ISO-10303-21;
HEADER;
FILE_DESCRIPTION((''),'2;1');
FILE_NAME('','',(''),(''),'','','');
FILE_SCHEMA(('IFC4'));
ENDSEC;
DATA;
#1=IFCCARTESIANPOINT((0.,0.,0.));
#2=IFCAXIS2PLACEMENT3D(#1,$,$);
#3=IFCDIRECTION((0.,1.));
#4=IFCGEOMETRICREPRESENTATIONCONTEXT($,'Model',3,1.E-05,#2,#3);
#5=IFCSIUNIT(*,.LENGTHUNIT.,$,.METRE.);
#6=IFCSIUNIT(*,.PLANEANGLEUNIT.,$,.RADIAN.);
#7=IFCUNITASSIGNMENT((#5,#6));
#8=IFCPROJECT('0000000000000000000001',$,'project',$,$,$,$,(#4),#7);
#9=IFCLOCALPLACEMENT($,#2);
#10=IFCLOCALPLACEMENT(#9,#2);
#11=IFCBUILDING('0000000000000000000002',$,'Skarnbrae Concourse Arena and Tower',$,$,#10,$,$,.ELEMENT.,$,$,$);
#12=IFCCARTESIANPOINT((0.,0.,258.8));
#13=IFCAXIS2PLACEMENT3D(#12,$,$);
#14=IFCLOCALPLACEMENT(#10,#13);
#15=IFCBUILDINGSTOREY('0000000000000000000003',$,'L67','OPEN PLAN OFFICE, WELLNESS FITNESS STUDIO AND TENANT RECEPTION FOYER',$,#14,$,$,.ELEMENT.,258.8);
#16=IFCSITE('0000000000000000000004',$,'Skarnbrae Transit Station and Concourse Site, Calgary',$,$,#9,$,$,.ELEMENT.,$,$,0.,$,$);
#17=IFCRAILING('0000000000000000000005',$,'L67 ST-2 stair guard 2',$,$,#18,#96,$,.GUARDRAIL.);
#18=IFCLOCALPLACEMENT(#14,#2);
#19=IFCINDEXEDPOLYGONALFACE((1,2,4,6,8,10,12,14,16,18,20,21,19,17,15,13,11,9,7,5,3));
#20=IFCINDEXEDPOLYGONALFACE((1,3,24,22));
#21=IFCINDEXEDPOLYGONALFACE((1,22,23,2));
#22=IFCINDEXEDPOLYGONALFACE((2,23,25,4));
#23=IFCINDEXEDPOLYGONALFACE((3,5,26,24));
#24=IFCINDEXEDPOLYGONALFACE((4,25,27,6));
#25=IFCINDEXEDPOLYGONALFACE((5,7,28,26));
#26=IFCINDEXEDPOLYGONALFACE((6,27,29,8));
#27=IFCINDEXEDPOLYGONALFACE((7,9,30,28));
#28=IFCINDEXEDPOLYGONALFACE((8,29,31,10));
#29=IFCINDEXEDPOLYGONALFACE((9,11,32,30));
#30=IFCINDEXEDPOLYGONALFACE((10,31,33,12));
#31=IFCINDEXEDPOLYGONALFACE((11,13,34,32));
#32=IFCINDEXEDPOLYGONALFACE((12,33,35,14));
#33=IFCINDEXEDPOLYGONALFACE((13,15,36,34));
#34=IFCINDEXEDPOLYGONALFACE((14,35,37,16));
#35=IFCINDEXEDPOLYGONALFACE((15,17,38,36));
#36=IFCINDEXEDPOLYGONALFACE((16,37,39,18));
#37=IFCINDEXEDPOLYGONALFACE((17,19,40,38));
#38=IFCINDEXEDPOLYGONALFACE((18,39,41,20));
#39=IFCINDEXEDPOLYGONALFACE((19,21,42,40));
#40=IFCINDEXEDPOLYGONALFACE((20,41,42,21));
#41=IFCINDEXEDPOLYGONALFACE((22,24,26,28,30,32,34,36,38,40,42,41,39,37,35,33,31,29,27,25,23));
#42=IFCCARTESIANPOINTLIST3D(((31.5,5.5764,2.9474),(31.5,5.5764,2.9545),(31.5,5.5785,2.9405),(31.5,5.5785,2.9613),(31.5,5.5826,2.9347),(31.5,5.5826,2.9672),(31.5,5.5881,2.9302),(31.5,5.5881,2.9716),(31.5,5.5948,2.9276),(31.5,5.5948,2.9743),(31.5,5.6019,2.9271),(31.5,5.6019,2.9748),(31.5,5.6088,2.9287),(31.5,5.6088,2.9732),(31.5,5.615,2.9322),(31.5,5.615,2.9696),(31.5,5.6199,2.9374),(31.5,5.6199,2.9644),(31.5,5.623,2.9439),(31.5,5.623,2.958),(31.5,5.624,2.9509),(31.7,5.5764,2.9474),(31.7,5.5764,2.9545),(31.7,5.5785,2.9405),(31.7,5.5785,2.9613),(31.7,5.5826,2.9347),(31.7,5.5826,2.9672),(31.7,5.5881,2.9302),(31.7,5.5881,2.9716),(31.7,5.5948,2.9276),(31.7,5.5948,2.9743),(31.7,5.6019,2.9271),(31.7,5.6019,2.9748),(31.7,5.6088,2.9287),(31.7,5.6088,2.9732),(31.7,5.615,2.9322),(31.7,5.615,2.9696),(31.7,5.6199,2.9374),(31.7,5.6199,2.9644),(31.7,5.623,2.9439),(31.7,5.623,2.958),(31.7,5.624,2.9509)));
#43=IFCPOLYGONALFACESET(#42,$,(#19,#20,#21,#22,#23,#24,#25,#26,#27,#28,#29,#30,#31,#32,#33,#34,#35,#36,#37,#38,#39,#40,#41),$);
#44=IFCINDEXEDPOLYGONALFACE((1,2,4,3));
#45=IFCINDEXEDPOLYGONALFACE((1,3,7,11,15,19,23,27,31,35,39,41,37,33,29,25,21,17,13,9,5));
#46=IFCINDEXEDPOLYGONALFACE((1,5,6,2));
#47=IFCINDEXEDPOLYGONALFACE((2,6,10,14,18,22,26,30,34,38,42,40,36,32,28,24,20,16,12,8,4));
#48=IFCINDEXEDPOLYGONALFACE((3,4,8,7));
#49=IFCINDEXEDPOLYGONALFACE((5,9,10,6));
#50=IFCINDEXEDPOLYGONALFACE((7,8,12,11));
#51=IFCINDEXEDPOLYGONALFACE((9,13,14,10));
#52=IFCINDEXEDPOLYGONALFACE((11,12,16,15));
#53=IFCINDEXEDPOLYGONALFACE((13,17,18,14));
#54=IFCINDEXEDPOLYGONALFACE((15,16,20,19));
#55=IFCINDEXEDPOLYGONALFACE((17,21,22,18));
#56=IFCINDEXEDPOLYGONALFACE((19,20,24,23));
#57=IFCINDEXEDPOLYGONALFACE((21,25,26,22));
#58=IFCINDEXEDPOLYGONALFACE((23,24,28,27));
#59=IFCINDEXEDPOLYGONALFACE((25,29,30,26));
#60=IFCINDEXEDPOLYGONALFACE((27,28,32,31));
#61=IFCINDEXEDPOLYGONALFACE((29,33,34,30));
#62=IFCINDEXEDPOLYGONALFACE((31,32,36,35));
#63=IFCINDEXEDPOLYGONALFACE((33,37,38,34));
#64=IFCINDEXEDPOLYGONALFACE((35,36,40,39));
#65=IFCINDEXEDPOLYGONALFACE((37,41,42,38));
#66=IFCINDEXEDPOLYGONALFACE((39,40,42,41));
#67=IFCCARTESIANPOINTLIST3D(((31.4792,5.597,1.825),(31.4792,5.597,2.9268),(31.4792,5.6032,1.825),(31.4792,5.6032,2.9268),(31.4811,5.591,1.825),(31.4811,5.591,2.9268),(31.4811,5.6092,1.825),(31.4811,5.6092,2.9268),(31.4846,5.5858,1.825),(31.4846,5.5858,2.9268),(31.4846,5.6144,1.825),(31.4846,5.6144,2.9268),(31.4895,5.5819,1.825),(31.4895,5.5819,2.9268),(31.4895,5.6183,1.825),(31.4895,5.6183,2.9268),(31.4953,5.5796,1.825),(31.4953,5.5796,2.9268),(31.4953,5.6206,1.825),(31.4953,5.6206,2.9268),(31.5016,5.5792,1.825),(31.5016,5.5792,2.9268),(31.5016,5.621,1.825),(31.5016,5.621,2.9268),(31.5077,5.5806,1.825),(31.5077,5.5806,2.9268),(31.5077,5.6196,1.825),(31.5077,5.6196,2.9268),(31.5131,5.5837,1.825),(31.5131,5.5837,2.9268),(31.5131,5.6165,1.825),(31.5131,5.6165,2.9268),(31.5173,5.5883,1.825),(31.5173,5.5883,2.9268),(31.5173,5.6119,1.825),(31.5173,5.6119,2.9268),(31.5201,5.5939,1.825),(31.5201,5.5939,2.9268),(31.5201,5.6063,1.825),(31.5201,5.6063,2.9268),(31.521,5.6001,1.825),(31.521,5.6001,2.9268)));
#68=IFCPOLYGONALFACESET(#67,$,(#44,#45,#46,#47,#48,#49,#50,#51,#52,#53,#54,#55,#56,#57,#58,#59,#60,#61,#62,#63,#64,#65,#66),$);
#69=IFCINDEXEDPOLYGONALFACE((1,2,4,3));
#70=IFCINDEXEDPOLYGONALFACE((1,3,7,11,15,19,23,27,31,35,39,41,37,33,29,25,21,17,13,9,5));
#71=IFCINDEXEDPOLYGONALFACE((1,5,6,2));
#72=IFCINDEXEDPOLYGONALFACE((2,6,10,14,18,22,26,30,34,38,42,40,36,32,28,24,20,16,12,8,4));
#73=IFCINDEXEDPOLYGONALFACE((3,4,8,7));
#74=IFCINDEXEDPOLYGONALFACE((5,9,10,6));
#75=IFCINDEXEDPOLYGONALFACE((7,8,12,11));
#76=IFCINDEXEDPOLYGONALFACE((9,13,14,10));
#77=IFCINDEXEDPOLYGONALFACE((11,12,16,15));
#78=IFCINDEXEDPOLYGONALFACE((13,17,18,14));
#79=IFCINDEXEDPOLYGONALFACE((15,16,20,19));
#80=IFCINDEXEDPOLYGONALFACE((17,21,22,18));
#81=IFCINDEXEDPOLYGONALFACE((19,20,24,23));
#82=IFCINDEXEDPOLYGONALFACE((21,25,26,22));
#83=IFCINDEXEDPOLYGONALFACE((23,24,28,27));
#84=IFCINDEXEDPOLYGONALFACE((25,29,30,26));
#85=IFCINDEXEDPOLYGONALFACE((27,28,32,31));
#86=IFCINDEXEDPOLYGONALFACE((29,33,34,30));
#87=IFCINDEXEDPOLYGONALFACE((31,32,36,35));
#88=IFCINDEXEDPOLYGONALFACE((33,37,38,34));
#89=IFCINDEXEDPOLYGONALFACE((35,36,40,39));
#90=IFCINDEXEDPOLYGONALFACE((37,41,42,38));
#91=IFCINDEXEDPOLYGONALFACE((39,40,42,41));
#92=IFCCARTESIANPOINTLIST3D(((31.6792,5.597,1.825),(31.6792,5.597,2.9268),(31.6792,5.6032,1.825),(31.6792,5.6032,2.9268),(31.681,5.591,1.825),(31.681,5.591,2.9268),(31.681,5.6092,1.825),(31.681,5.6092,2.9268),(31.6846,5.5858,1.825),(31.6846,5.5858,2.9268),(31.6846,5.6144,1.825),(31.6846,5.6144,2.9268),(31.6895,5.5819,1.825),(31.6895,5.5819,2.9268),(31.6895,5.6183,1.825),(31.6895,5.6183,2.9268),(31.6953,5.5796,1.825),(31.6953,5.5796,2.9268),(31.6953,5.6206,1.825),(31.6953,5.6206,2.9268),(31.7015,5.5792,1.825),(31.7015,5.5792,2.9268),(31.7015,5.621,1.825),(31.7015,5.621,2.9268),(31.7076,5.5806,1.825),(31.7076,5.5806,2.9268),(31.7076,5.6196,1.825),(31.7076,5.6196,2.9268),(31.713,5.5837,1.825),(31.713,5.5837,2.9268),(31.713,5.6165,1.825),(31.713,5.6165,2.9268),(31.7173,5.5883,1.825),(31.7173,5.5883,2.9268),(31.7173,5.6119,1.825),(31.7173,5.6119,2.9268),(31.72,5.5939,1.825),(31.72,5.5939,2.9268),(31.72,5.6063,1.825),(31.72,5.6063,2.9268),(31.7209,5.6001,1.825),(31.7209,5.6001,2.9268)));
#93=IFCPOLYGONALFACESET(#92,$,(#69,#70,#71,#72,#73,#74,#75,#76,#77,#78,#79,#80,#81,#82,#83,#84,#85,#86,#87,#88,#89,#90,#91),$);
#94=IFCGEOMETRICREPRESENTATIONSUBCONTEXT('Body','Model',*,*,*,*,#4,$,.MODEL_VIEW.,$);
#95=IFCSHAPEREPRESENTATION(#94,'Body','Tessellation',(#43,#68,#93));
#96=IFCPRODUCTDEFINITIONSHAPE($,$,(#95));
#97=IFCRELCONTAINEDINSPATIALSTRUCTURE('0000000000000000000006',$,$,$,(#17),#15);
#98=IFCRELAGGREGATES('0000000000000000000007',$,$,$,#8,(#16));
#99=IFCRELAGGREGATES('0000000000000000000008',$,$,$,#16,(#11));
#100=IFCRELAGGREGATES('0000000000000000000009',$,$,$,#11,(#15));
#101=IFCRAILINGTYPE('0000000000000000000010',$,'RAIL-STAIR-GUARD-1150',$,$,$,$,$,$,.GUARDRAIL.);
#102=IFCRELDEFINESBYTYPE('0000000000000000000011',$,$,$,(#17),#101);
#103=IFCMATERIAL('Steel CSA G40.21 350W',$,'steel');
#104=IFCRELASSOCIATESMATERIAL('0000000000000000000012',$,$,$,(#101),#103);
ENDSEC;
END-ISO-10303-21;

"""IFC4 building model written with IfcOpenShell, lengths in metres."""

from ifc_helpers import new_model, si_unit, direction, frame, origin, origin_2d, place, context, subcontext, project, spatial, circle, extrude, material, type_object, element, save


model = new_model("IFC4")

# Units and contexts
model_context = context("Model", 3, precision=1e-05, world=origin(), true_north=direction((0.0, 1.0)))
body_context = subcontext(model_context, "Body", "Model", "MODEL_VIEW")
ifc_project = project(units=[si_unit("LENGTHUNIT", "METRE"), si_unit("PLANEANGLEUNIT", "RADIAN")], contexts=[model_context])

# Site, building, storey
site_placement = place(None, origin())
site = spatial("IfcSite", under=ifc_project, at=site_placement, Name="Skarnbrae Transit Station and Concourse Site, Calgary", CompositionType="ELEMENT", RefElevation=0.0)
building_placement = place(site_placement, origin())
building = spatial("IfcBuilding", under=site, at=building_placement, Name="Skarnbrae Concourse Arena and Tower", CompositionType="ELEMENT")
storey_placement = place(building_placement, frame((0.0, 0.0, 258.8)))
storey = spatial("IfcBuildingStorey", under=building, at=storey_placement, Name="L67", Description="OPEN PLAN OFFICE, WELLNESS FITNESS STUDIO AND TENANT RECEPTION FOYER", CompositionType="ELEMENT", Elevation=258.8)

# Shared definitions
ifc_material_1 = material(Name="Steel CSA G40.21 350W", Category="steel")

# Railing
railing_type_1 = type_object("IfcRailingType", Name="RAIL-STAIR-GUARD-1150", PredefinedType="GUARDRAIL", material=ifc_material_1)
railing_1_placement = place(storey_placement, frame((31.5, 5.6001, 1.825)))
element("IfcRailing", 1, at=railing_1_placement, inside=storey, type_object=railing_type_1, Name="L67 ST-2 stair guard 2", PredefinedType="GUARDRAIL", context=body_context, shape_type="SweptSolid", body=[
    extrude(circle(Radius=0.0239, at=origin_2d()), frame((0.0, 0.0, 1.126), z_axis=(1.0, 0.0, 0.0), x_axis=(0.0, 1.0, 0.0)), (0.0, 0.0, 1.0), 0.2),
    extrude(circle(Radius=0.021, at=origin_2d()), origin(), (0.0, 0.0, 1.0), 1.1018),
    extrude(circle(Radius=0.021, at=origin_2d()), frame((0.2, 0.0, 0.0)), (0.0, 0.0, 1.0), 1.1018),
])

save(model, "model.ifc")
